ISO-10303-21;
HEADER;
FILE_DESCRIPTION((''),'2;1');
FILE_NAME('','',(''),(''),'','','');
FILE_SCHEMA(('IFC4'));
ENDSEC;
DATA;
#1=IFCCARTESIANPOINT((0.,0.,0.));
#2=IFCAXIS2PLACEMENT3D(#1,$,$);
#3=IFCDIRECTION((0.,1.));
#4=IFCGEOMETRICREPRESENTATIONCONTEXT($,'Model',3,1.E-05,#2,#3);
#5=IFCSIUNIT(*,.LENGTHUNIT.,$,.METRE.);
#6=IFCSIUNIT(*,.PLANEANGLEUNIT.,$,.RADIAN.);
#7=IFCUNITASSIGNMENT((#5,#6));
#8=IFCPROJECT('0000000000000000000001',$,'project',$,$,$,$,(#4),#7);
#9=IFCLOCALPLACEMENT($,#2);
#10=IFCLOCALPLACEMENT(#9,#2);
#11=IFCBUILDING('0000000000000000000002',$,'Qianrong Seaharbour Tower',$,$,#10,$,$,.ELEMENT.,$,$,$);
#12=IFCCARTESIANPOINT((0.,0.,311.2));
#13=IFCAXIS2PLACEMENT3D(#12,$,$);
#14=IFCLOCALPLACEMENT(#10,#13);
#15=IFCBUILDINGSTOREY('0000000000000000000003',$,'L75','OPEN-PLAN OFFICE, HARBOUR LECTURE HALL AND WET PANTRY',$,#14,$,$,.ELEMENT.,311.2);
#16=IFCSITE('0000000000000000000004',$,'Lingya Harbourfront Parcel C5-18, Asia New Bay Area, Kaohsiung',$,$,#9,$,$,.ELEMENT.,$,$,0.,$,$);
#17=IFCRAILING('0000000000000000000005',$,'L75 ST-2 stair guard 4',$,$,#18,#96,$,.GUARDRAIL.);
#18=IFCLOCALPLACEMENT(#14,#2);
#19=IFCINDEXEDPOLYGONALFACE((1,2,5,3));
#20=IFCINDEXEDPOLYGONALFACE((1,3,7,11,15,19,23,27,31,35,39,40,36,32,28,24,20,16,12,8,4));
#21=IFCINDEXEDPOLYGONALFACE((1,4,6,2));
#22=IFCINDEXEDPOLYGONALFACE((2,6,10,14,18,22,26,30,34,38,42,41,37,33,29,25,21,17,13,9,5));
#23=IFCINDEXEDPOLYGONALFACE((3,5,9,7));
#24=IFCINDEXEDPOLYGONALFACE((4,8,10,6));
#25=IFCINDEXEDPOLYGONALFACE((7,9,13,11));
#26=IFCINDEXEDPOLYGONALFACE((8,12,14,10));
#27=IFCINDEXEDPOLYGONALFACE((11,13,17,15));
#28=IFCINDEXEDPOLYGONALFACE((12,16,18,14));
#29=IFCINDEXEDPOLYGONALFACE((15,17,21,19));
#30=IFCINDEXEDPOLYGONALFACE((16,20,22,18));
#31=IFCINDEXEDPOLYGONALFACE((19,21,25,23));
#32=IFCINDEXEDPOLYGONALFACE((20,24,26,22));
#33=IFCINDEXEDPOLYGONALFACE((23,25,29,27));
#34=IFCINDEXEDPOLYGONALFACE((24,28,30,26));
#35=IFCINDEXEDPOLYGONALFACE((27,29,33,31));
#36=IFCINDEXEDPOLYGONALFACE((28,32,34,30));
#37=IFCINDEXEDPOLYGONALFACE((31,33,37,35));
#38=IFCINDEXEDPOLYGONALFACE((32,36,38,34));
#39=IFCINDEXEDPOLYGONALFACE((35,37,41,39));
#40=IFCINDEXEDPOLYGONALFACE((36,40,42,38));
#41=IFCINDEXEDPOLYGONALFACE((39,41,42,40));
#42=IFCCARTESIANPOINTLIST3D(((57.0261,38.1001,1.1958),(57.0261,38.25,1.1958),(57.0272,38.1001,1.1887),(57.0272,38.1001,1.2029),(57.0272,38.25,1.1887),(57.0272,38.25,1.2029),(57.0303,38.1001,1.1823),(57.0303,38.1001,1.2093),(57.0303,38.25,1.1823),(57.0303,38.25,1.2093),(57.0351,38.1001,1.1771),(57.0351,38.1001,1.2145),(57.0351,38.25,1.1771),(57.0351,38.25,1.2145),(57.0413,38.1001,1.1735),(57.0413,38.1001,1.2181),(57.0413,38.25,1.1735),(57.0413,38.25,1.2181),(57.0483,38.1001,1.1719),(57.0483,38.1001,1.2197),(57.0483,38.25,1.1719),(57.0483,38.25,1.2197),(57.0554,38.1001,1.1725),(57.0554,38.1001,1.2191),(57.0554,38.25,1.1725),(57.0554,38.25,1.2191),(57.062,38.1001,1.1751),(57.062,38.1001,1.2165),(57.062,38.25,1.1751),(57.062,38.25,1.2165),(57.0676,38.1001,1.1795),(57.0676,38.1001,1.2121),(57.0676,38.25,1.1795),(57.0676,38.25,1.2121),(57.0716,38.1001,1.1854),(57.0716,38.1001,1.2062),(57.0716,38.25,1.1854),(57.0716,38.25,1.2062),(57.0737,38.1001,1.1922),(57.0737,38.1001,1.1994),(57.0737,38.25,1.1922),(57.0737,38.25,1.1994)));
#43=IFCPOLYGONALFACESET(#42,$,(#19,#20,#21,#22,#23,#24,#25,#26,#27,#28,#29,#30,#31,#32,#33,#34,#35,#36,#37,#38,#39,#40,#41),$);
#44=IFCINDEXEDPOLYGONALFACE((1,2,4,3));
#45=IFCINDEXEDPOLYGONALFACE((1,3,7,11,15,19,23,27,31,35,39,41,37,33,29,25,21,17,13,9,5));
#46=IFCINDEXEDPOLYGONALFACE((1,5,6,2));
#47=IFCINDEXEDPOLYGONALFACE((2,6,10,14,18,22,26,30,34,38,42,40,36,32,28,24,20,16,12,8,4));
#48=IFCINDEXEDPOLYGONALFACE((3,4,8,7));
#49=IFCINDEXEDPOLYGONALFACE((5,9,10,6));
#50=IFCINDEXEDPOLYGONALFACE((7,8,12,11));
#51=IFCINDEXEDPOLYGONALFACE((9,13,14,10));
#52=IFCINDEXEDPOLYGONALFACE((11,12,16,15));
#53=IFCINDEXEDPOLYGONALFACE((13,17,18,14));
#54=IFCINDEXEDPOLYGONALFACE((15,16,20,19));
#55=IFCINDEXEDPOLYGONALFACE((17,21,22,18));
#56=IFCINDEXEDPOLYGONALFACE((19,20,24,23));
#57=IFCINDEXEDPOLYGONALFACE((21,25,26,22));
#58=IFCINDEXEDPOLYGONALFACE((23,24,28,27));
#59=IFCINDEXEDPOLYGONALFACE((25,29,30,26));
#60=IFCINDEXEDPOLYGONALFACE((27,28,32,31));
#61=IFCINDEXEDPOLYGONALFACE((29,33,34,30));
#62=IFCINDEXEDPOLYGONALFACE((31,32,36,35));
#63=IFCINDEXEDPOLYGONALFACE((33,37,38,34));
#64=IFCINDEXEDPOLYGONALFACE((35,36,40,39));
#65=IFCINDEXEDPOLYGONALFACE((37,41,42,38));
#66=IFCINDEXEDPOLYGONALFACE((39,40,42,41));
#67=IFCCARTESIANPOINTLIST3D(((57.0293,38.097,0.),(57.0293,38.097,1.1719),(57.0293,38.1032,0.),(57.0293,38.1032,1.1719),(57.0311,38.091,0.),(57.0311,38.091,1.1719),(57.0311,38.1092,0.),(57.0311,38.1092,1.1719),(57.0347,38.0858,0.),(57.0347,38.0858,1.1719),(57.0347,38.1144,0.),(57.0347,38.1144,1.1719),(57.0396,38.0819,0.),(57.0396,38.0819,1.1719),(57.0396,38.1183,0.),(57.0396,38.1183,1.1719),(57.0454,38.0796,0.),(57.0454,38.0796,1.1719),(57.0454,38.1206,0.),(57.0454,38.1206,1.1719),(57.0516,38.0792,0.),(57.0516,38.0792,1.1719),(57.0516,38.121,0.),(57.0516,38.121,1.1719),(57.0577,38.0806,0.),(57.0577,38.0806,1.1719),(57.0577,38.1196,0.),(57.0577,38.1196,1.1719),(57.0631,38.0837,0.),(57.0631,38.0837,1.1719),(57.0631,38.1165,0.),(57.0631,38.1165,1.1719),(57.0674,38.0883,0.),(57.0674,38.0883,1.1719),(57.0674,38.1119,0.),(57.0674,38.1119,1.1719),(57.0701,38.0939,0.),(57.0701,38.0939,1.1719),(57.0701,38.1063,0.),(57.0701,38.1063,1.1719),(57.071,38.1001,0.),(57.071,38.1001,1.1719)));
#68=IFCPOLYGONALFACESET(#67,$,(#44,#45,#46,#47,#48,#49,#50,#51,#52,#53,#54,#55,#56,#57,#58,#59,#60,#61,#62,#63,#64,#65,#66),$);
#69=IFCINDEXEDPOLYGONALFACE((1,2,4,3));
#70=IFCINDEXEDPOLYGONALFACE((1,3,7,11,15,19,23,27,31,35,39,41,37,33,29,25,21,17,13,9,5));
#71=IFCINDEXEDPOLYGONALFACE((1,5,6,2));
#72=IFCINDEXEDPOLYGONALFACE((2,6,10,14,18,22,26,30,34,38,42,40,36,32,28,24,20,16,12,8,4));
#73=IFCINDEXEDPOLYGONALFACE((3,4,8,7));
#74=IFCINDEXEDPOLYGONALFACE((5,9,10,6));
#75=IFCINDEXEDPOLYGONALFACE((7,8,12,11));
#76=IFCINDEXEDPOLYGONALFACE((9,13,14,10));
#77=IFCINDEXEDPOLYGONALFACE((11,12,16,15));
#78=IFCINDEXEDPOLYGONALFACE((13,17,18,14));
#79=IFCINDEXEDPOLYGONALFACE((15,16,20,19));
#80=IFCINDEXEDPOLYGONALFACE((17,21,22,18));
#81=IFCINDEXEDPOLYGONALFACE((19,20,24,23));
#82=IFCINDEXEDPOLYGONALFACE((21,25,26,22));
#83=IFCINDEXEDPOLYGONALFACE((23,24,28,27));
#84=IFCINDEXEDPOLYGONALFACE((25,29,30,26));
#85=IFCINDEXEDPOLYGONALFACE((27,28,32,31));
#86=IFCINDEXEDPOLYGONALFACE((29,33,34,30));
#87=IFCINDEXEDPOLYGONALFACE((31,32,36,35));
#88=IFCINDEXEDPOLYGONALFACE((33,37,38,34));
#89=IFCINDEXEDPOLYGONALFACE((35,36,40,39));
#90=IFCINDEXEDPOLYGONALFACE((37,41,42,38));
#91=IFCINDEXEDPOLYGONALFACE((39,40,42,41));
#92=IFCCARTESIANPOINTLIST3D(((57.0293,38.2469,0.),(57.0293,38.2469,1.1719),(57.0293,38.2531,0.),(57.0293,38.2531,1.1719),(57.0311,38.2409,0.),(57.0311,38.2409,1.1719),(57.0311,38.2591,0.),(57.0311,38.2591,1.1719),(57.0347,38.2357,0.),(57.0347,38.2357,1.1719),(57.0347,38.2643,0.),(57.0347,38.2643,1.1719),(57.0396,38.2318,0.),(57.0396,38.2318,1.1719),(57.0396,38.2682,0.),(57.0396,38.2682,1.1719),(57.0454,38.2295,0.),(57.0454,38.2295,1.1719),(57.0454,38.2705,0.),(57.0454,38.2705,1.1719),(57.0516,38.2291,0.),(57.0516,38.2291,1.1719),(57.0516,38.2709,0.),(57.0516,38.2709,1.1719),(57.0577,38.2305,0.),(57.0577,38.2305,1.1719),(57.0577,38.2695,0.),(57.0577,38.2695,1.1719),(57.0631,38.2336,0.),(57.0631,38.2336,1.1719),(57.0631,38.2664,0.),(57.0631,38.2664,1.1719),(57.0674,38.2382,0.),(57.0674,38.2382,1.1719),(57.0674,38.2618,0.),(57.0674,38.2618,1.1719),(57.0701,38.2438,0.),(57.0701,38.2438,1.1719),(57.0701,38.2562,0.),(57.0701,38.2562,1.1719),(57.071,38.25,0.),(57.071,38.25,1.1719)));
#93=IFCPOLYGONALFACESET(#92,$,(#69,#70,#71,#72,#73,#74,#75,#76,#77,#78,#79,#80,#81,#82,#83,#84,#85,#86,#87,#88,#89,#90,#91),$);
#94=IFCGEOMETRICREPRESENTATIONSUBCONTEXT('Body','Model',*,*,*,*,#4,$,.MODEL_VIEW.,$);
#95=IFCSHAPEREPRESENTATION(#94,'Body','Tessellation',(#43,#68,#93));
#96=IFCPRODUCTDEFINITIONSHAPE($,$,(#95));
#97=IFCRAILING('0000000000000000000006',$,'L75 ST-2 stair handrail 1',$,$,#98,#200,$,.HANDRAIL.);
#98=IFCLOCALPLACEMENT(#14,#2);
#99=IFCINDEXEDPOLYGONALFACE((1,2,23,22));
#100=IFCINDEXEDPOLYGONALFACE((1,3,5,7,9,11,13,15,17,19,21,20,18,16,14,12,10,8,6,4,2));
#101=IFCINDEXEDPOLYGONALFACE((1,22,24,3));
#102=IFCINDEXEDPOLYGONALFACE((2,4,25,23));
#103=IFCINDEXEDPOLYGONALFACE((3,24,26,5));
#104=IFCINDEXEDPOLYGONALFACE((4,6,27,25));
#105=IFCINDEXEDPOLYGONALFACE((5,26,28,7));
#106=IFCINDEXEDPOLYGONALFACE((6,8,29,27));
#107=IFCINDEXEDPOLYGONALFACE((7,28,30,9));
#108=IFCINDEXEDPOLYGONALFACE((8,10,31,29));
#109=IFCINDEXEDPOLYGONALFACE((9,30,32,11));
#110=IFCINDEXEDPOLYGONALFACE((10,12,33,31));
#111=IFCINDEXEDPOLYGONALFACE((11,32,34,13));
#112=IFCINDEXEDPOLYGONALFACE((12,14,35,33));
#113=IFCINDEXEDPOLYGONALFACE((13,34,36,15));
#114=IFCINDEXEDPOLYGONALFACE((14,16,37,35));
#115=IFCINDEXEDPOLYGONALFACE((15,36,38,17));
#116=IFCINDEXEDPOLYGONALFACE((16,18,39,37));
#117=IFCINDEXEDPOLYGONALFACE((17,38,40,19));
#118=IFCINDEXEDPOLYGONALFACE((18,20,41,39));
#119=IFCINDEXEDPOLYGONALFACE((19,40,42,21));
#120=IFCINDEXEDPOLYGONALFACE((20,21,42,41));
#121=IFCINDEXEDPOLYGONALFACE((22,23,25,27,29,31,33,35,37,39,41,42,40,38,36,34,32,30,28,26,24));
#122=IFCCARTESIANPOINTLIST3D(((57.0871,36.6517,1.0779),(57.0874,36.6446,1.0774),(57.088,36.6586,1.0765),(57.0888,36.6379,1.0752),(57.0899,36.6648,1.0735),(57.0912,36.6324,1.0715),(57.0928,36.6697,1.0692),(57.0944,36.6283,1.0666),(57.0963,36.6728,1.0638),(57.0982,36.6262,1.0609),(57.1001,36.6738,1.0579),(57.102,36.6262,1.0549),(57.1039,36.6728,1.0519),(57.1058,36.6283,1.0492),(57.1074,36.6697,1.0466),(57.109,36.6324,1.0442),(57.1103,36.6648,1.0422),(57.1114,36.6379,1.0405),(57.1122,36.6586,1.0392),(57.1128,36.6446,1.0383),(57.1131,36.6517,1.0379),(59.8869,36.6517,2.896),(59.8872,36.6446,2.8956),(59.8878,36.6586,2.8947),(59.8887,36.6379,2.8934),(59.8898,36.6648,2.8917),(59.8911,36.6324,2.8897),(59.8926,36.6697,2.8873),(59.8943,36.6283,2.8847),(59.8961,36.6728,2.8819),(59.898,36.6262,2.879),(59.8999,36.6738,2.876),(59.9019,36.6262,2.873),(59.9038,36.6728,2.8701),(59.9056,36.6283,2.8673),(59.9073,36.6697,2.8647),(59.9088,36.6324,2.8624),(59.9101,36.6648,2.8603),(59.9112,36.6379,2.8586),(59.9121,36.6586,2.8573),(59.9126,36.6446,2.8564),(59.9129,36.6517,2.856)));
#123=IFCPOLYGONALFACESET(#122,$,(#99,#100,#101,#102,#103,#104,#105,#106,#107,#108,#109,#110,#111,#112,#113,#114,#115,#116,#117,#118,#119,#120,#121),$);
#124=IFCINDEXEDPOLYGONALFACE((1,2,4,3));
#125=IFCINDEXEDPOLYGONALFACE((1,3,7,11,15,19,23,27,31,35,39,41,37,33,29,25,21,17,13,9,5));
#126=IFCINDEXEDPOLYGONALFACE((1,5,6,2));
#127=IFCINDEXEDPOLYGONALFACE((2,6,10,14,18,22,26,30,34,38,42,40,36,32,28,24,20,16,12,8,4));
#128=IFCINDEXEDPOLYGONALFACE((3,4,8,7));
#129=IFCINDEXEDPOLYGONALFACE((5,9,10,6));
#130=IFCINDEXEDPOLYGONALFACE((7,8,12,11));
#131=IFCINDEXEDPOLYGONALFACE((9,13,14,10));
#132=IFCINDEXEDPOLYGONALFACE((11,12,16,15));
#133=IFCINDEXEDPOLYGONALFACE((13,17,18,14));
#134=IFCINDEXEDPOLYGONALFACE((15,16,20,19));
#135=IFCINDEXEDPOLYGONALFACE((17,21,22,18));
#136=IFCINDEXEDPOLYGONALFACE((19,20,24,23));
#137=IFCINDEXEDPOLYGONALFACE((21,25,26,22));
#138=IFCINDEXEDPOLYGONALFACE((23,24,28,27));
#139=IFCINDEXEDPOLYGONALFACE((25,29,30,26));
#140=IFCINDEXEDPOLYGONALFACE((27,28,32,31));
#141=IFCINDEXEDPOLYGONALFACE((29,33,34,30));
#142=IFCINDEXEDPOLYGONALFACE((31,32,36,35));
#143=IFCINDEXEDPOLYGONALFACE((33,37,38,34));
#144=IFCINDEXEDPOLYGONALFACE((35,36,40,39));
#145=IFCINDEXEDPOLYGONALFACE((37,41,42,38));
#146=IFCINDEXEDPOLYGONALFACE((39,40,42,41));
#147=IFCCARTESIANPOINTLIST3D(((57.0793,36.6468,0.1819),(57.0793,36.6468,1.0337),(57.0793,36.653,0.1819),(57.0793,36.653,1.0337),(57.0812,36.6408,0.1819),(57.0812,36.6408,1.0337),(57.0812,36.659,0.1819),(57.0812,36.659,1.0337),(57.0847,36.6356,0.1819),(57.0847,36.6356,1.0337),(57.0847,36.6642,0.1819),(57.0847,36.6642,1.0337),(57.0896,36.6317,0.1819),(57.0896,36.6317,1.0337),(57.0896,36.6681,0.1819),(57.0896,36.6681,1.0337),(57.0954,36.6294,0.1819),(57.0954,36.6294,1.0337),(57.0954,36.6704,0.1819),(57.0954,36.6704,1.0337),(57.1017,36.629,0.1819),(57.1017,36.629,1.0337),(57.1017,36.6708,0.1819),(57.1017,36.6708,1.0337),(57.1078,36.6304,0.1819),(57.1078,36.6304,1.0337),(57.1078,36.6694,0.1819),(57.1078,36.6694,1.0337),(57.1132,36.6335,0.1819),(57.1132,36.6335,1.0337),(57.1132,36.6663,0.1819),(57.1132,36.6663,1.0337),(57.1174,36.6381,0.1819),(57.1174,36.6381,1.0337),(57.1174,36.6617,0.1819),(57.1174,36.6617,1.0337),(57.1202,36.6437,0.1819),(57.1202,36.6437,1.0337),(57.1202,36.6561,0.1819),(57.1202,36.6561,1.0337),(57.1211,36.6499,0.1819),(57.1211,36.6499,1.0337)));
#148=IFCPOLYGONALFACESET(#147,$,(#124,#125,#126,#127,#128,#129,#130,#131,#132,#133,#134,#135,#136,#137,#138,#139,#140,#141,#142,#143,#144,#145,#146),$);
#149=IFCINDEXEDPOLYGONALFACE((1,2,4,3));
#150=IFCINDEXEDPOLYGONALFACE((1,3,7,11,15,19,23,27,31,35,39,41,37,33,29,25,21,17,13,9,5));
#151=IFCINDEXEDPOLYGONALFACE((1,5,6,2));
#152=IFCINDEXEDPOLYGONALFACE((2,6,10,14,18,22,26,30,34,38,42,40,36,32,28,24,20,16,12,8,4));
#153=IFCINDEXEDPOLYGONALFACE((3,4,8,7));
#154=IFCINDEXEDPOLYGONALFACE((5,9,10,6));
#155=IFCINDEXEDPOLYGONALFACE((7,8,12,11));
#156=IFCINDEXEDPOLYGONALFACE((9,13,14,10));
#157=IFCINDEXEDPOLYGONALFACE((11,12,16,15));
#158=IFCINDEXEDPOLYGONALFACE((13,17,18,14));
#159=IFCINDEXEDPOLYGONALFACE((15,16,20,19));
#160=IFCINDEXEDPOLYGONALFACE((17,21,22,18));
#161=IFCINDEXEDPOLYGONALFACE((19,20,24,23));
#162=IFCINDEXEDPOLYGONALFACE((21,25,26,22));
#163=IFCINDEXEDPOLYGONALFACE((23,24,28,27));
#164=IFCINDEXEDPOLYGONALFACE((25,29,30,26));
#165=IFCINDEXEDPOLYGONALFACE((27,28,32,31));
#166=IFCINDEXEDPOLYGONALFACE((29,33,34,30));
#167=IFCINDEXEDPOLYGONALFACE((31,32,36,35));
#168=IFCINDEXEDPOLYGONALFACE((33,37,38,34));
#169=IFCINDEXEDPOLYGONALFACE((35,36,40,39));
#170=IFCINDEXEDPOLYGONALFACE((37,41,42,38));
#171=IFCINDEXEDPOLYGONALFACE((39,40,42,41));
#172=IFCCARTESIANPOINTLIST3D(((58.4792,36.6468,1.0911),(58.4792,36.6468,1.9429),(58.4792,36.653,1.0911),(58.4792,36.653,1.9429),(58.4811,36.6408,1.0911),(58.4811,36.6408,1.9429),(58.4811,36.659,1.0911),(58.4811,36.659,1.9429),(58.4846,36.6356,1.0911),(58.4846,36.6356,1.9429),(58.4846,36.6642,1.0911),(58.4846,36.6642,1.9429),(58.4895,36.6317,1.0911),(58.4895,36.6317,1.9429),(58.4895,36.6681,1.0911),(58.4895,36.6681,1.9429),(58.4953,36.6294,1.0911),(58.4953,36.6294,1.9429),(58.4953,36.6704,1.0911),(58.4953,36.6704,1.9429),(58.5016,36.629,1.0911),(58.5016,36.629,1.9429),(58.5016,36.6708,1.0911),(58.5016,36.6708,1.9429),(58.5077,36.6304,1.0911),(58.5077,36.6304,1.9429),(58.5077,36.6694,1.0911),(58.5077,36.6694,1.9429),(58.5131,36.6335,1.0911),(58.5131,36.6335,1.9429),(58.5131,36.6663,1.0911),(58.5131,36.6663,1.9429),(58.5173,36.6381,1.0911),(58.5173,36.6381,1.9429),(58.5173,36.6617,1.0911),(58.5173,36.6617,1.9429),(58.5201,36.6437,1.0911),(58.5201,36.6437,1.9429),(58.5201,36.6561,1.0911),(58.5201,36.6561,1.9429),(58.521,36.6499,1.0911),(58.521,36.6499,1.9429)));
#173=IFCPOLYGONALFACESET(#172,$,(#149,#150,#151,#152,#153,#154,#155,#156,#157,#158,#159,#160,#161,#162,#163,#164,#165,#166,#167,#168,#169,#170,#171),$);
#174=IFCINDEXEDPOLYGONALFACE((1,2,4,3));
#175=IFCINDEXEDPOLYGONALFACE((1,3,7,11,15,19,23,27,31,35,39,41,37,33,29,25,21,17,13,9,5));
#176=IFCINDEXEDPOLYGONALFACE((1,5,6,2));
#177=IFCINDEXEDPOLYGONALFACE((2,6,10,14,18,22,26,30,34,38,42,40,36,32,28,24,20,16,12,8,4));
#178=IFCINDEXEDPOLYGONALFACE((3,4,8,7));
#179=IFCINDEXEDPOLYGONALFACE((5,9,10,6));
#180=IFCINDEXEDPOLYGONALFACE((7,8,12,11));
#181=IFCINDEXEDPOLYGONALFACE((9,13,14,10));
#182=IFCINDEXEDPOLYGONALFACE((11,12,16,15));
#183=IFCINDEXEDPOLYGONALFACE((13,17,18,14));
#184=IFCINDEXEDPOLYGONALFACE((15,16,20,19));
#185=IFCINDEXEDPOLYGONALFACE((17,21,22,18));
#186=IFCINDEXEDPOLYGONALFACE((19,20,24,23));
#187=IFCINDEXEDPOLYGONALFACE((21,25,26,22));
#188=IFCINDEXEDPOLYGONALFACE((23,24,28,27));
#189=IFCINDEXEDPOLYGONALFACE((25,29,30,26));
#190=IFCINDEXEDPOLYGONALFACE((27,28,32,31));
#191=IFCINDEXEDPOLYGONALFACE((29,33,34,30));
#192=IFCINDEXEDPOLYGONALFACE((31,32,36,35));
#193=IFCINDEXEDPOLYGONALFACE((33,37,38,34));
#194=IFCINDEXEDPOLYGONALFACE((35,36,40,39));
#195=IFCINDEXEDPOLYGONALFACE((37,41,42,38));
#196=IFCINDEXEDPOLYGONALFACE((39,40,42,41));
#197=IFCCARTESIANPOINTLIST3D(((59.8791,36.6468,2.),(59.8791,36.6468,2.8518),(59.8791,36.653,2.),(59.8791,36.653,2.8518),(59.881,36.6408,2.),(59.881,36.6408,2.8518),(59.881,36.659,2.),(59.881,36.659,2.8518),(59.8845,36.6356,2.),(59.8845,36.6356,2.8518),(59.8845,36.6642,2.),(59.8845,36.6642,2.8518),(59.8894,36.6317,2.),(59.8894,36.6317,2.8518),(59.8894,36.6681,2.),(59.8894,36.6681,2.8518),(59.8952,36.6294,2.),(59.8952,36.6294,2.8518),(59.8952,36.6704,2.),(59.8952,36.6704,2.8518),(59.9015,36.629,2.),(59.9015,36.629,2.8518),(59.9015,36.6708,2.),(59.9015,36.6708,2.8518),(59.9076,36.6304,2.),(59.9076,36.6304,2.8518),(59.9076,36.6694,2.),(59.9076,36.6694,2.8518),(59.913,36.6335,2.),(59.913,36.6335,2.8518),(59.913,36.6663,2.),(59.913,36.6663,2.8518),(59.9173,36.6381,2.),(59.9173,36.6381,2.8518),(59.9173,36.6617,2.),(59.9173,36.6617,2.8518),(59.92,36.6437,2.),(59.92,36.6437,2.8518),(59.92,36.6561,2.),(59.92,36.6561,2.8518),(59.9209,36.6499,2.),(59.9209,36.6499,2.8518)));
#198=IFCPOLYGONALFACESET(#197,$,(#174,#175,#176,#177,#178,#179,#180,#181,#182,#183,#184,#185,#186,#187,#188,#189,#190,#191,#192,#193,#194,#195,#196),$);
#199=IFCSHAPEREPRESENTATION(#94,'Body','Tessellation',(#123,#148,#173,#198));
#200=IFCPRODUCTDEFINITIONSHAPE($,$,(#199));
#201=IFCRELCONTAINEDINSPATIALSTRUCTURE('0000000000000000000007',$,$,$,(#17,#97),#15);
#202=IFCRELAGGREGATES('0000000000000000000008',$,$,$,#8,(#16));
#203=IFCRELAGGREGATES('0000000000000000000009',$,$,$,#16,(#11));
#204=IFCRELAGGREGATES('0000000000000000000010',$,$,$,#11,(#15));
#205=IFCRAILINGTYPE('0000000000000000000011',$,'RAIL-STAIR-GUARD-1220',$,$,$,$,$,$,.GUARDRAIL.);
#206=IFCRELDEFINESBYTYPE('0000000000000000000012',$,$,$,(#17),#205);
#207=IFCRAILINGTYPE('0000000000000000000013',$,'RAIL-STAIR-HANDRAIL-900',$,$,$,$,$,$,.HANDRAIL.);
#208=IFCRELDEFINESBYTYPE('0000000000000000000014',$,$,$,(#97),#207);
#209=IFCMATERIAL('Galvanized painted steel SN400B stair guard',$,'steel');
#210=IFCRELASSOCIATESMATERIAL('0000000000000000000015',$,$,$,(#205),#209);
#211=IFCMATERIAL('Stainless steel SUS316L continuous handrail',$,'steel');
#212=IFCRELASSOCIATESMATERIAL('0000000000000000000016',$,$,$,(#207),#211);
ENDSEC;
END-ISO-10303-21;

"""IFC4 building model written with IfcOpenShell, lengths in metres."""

from ifc_helpers import new_model, si_unit, direction, frame, origin, origin_2d, place, context, subcontext, project, spatial, circle, extrude, material, type_object, element, save


model = new_model("IFC4")

# Units and contexts
model_context = context("Model", 3, precision=1e-05, world=origin(), true_north=direction((0.0, 1.0)))
body_context = subcontext(model_context, "Body", "Model", "MODEL_VIEW")
ifc_project = project(units=[si_unit("LENGTHUNIT", "METRE"), si_unit("PLANEANGLEUNIT", "RADIAN")], contexts=[model_context])

# Site, building, storey
site_placement = place(None, origin())
site = spatial("IfcSite", under=ifc_project, at=site_placement, Name="Lingya Harbourfront Parcel C5-18, Asia New Bay Area, Kaohsiung", CompositionType="ELEMENT", RefElevation=0.0)
building_placement = place(site_placement, origin())
building = spatial("IfcBuilding", under=site, at=building_placement, Name="Qianrong Seaharbour Tower", CompositionType="ELEMENT")
storey_placement = place(building_placement, frame((0.0, 0.0, 311.2)))
storey = spatial("IfcBuildingStorey", under=building, at=storey_placement, Name="L75", Description="OPEN-PLAN OFFICE, HARBOUR LECTURE HALL AND WET PANTRY", CompositionType="ELEMENT", Elevation=311.2)

# Railings
ifc_material_1 = material(Name="Galvanized painted steel SN400B stair guard", Category="steel")
railing_type_1 = type_object("IfcRailingType", Name="RAIL-STAIR-GUARD-1220", PredefinedType="GUARDRAIL", material=ifc_material_1)
railing_1_placement = place(storey_placement, frame((57.05, 38.1001, 0.0)))
element("IfcRailing", 1, at=railing_1_placement, inside=storey, type_object=railing_type_1, Name="L75 ST-2 stair guard 4", PredefinedType="GUARDRAIL", context=body_context, shape_type="SweptSolid", body=[
    extrude(circle(Radius=0.0239, at=origin_2d()), frame((0.0, 0.0, 1.1958), z_axis=(0.0, 1.0, 0.0), x_axis=(-1.0, 0.0, 0.0)), (0.0, 0.0, 1.0), 0.1499),
    extrude(circle(Radius=0.021, at=origin_2d()), origin(), (0.0, 0.0, 1.0), 1.1719),
    extrude(circle(Radius=0.021, at=origin_2d()), frame((0.0, 0.1499, 0.0)), (0.0, 0.0, 1.0), 1.1719),
])
ifc_material_2 = material(Name="Stainless steel SUS316L continuous handrail", Category="steel")
railing_type_2 = type_object("IfcRailingType", Name="RAIL-STAIR-HANDRAIL-900", PredefinedType="HANDRAIL", material=ifc_material_2)
railing_2_placement = place(storey_placement, frame((57.1001, 36.6499, 0.1819)))
element("IfcRailing", 2, at=railing_2_placement, inside=storey, type_object=railing_type_2, Name="L75 ST-2 stair handrail 1", PredefinedType="HANDRAIL", context=body_context, shape_type="SweptSolid", body=[
    extrude(circle(Radius=0.0239, at=origin_2d()), frame((0.0, 0.0, 0.876), z_axis=(0.838684, 0.0, 0.544618), x_axis=(0.0, 1.0, 0.0)), (0.0, 0.0, 1.0), 3.3384),
    extrude(circle(Radius=0.021, at=origin_2d()), origin(), (0.0, 0.0, 1.0), 0.8518),
    extrude(circle(Radius=0.021, at=origin_2d()), frame((1.3999, 0.0, 0.9092)), (0.0, 0.0, 1.0), 0.8518),
    extrude(circle(Radius=0.021, at=origin_2d()), frame((2.7998, 0.0, 1.8181)), (0.0, 0.0, 1.0), 0.8518),
])

save(model, "model.ifc")
